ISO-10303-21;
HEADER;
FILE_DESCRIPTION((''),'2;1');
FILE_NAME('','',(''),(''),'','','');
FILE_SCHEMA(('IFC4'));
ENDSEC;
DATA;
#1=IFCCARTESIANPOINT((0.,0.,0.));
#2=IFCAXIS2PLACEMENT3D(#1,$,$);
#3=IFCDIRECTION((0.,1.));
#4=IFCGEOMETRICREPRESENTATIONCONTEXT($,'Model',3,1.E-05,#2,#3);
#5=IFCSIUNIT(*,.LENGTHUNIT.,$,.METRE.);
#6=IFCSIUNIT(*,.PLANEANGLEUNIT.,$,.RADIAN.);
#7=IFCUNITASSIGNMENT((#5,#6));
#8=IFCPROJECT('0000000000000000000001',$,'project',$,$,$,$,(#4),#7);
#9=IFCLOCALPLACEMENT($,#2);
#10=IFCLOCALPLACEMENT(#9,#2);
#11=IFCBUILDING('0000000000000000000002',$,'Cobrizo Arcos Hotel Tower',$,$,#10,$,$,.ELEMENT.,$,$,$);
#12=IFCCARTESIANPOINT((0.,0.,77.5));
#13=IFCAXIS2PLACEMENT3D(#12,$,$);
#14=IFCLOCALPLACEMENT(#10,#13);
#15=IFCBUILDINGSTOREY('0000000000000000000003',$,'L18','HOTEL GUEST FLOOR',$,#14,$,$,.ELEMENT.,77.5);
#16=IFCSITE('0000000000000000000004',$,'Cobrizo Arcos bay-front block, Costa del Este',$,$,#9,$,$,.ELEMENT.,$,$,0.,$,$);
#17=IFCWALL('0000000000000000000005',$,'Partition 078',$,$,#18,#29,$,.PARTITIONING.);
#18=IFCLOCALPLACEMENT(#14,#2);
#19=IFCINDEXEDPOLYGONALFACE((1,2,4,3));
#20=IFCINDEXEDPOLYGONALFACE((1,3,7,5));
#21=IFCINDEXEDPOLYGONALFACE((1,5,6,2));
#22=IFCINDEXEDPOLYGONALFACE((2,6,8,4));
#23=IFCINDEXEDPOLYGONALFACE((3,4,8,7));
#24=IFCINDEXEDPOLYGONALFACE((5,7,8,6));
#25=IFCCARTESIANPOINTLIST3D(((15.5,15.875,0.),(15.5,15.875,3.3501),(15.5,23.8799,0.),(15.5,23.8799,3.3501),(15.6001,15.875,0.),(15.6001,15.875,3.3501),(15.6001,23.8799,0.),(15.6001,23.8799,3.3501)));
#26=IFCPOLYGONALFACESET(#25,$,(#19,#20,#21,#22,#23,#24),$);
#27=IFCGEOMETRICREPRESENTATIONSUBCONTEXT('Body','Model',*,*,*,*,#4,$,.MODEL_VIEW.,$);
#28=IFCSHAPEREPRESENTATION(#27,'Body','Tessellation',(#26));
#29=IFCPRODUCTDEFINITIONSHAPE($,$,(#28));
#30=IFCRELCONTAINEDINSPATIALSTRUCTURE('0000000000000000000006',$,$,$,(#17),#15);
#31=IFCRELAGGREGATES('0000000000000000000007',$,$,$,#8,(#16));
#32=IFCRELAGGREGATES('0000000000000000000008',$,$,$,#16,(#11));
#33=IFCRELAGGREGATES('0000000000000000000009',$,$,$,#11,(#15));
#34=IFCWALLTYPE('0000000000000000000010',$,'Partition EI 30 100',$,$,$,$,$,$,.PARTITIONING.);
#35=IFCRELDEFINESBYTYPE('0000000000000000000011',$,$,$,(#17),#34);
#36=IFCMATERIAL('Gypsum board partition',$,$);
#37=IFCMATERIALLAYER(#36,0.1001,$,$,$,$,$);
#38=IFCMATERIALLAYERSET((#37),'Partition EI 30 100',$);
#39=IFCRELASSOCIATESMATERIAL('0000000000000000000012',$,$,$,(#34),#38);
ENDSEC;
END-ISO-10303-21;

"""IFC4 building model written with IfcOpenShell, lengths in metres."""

from ifc_helpers import new_model, si_unit, direction, frame, frame_2d, origin, place, context, subcontext, project, spatial, rectangle, extrude, material, layer, layer_set, type_object, element, save


model = new_model("IFC4")

# Units and contexts
model_context = context("Model", 3, precision=1e-05, world=origin(), true_north=direction((0.0, 1.0)))
body_context = subcontext(model_context, "Body", "Model", "MODEL_VIEW")
ifc_project = project(units=[si_unit("LENGTHUNIT", "METRE"), si_unit("PLANEANGLEUNIT", "RADIAN")], contexts=[model_context])

# Site, building, storey
site_placement = place(None, origin())
site = spatial("IfcSite", under=ifc_project, at=site_placement, Name="Cobrizo Arcos bay-front block, Costa del Este", CompositionType="ELEMENT", RefElevation=0.0)
building_placement = place(site_placement, origin())
building = spatial("IfcBuilding", under=site, at=building_placement, Name="Cobrizo Arcos Hotel Tower", CompositionType="ELEMENT")
storey_placement = place(building_placement, frame((0.0, 0.0, 77.5)))
storey = spatial("IfcBuildingStorey", under=building, at=storey_placement, Name="L18", Description="HOTEL GUEST FLOOR", CompositionType="ELEMENT", Elevation=77.5)

# Wall
ifc_material_1 = material(Name="Gypsum board partition")
ifc_layer_1 = layer(ifc_material_1, 0.1001)
ifc_layer_set_1 = layer_set([ifc_layer_1], Name="Partition EI 30 100")
wall_type = type_object("IfcWallType", Name="Partition EI 30 100", PredefinedType="PARTITIONING", material=ifc_layer_set_1)
wall_placement = place(storey_placement, frame((15.55, 15.875, 0.0), z_axis=(0.0, 0.0, 1.0), x_axis=(0.0, 1.0, 0.0)))
element("IfcWall", 1, at=wall_placement, inside=storey, type_object=wall_type, Name="Partition 078", PredefinedType="PARTITIONING", context=body_context, shape_type="SweptSolid", body=[
    extrude(rectangle(XDim=8.0049, YDim=0.1001, at=frame_2d((4.0024, 0.0))), origin(), (0.0, 0.0, 1.0), 3.3501),
])

save(model, "model.ifc")
